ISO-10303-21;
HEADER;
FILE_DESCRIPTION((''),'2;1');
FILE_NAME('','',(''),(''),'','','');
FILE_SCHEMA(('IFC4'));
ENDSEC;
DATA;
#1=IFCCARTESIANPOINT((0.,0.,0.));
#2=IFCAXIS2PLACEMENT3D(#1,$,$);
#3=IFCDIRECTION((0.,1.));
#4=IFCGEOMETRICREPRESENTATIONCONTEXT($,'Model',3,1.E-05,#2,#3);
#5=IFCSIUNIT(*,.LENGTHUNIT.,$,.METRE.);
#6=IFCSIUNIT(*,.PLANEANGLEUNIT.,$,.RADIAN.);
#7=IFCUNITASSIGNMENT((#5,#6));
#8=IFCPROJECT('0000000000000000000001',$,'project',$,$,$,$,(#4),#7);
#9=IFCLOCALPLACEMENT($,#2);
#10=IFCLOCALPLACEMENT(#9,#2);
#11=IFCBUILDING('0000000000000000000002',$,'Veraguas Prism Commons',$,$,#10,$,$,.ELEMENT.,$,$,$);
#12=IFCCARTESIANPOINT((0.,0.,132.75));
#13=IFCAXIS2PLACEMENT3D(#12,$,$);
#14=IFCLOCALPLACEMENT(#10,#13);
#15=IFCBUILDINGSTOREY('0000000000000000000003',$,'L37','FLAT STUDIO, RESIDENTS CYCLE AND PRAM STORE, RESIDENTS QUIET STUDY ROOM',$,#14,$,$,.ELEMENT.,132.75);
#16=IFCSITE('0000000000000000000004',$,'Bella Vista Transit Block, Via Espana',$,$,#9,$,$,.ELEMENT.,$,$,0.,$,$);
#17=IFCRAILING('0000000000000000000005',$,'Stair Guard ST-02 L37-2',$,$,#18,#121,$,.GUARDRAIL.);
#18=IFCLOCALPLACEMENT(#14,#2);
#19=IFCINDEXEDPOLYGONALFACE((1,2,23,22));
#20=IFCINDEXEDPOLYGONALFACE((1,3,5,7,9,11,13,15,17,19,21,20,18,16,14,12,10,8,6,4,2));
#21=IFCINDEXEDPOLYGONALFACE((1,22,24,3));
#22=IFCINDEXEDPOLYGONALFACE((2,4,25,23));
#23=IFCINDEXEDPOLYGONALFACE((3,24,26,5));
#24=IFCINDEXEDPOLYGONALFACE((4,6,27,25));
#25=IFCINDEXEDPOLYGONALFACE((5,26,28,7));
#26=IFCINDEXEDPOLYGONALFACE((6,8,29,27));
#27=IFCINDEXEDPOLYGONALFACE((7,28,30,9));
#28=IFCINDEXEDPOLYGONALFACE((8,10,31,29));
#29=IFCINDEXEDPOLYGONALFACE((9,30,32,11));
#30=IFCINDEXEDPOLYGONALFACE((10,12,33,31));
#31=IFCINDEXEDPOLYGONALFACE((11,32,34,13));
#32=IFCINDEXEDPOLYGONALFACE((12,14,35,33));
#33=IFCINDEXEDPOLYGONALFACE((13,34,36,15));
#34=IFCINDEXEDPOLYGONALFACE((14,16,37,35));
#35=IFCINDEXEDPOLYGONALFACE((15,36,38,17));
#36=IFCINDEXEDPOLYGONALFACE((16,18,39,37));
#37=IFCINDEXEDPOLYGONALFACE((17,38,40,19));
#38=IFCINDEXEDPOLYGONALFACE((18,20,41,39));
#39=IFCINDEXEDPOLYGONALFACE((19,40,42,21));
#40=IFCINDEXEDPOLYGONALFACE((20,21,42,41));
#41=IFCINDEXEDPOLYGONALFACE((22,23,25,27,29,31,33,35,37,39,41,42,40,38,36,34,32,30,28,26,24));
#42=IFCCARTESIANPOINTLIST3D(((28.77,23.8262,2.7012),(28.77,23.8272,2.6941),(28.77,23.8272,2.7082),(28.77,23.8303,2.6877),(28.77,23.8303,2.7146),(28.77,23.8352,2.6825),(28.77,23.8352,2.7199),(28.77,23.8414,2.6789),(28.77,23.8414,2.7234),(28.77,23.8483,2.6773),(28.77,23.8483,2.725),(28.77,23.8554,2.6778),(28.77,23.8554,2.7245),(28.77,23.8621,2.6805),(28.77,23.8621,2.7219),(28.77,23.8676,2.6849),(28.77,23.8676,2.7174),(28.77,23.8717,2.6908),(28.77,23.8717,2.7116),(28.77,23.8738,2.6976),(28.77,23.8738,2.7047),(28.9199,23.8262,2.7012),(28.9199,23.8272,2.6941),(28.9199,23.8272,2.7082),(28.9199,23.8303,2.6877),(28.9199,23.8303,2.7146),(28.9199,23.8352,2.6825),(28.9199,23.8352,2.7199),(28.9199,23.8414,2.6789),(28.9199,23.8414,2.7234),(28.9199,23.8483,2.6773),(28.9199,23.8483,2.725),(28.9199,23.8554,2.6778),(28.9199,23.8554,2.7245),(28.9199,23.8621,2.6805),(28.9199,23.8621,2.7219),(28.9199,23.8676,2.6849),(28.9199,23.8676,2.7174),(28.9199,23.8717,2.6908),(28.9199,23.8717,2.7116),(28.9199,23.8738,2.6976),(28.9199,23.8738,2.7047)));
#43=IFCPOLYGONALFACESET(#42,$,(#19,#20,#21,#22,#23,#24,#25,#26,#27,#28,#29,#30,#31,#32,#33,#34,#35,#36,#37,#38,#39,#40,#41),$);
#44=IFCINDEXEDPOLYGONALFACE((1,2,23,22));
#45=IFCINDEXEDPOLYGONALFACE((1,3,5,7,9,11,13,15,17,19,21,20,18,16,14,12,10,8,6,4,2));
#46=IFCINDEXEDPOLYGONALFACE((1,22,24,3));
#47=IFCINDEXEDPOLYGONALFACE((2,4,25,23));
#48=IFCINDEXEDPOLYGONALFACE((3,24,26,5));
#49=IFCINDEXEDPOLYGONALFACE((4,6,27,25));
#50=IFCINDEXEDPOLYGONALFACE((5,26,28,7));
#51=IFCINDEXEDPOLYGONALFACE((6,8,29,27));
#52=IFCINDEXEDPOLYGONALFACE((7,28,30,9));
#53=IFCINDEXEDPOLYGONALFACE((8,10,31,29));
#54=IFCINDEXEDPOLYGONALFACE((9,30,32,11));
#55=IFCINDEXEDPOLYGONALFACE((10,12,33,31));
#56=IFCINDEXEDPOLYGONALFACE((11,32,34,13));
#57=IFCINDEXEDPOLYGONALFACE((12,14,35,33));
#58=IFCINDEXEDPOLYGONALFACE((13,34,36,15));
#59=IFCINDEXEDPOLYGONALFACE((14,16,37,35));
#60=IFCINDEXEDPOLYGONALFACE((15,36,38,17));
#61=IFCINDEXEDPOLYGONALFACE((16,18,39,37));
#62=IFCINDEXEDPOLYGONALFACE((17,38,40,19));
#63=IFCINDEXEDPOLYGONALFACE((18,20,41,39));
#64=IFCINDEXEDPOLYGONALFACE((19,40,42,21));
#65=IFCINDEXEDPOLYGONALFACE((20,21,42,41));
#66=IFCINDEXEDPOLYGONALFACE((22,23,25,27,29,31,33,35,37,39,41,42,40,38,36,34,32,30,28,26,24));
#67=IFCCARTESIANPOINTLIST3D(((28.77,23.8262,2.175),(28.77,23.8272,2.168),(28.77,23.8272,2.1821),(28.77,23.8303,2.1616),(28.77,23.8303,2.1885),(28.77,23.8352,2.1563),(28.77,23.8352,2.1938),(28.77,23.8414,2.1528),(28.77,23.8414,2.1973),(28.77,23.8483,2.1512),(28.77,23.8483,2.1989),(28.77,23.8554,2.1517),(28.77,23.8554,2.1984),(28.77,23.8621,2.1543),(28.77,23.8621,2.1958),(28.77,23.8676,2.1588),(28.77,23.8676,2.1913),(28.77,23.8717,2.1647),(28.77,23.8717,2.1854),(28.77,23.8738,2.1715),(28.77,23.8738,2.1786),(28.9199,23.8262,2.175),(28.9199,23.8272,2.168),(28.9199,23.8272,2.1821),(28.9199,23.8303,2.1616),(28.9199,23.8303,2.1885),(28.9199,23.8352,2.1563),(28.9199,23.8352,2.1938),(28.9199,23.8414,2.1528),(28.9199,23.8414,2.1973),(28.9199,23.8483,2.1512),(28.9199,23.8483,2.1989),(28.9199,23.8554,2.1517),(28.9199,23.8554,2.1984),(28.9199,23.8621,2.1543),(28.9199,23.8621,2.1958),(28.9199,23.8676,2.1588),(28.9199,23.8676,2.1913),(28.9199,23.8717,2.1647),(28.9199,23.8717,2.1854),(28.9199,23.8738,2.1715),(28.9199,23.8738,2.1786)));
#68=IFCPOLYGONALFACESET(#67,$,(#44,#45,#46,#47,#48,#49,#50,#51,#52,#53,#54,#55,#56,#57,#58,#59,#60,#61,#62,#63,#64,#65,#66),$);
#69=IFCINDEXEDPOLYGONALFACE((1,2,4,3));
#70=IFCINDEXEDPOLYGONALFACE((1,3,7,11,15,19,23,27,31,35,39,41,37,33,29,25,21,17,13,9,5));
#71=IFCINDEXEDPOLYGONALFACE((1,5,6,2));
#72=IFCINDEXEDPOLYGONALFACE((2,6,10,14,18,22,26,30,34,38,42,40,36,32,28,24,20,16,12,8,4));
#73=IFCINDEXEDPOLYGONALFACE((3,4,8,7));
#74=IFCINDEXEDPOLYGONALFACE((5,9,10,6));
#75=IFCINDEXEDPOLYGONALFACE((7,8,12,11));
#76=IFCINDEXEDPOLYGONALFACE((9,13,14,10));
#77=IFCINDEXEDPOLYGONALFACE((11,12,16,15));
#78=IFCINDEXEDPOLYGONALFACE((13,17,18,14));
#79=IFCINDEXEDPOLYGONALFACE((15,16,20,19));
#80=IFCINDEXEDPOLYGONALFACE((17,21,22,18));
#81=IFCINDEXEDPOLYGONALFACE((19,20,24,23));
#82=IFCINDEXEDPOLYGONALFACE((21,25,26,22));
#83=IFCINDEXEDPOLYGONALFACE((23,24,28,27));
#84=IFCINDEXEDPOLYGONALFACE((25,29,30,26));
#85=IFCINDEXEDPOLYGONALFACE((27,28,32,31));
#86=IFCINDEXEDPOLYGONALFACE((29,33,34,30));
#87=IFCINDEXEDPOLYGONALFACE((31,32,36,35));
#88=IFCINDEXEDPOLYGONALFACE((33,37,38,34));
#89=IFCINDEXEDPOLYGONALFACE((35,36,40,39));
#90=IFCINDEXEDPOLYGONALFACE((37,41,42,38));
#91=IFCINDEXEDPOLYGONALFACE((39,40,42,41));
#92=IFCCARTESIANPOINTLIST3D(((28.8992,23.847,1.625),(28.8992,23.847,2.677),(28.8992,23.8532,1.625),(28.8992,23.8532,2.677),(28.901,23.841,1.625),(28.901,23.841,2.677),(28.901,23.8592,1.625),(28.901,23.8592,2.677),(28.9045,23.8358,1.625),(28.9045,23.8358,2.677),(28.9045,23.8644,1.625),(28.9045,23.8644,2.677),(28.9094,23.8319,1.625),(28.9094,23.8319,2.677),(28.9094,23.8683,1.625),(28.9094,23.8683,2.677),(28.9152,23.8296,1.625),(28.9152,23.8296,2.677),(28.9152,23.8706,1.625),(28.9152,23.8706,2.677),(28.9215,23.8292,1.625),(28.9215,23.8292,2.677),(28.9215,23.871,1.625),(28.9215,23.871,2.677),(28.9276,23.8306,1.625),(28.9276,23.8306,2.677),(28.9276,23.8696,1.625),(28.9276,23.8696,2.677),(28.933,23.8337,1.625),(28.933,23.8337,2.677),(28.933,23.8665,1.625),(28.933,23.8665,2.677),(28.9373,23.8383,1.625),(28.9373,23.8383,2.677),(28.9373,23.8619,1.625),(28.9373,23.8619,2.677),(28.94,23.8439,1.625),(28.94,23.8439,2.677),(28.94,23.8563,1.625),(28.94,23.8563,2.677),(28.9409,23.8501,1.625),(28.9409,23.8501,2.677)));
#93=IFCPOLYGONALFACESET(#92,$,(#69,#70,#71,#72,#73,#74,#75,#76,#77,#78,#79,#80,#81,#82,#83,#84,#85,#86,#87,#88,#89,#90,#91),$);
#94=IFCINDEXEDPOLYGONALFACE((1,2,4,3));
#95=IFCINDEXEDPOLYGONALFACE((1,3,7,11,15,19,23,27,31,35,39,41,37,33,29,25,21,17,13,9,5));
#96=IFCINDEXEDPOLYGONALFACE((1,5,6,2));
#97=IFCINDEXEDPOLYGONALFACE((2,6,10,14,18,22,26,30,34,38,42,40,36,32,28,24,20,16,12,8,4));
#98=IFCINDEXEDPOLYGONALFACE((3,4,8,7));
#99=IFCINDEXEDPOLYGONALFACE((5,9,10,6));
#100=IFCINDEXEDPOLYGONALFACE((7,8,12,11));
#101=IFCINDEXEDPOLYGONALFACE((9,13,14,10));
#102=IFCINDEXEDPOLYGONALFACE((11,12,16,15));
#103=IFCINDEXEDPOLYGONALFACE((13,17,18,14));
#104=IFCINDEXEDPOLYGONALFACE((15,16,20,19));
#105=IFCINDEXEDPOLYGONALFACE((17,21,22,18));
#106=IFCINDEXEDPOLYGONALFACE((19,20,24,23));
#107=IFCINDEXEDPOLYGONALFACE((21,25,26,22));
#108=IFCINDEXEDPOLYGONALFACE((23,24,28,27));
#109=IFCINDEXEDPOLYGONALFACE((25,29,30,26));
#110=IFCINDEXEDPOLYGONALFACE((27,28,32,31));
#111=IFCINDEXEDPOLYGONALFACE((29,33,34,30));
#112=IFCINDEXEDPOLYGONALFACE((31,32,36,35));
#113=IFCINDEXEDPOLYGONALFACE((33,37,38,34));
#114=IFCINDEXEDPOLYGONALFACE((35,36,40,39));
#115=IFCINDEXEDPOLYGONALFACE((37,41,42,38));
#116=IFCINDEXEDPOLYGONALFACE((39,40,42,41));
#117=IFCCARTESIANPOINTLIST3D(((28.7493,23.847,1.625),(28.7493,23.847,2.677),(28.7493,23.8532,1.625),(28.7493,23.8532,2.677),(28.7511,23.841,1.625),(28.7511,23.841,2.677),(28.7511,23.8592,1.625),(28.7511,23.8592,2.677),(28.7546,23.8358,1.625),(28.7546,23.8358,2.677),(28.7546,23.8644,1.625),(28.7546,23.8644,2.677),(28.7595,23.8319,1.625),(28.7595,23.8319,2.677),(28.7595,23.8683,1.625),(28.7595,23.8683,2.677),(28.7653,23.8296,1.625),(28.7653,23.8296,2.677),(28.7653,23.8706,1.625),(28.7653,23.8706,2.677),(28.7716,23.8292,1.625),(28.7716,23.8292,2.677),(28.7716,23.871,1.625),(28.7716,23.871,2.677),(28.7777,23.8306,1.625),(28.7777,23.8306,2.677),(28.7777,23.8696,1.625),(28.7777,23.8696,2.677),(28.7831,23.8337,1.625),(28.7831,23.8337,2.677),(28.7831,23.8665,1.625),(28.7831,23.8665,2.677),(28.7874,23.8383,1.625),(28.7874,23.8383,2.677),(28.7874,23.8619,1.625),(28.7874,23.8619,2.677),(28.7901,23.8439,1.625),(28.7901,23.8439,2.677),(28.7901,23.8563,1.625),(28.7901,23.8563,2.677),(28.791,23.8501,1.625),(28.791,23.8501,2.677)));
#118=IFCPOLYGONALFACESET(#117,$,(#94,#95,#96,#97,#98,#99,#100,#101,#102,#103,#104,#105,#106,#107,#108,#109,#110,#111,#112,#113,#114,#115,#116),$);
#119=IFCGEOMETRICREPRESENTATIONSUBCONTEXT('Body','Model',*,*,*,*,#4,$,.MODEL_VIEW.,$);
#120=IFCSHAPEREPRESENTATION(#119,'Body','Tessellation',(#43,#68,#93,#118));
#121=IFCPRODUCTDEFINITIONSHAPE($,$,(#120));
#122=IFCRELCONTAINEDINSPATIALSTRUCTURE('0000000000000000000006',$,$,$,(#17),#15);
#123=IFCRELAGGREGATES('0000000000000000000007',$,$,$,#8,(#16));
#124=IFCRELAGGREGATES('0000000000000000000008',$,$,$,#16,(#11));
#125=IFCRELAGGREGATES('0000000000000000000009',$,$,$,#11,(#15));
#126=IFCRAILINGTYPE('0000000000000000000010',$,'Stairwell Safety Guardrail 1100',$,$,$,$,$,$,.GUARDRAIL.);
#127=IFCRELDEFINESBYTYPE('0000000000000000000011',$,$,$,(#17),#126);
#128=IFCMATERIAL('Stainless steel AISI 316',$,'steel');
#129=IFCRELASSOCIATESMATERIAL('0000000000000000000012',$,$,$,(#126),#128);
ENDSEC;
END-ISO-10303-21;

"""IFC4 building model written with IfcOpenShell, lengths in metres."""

from ifc_helpers import new_model, si_unit, direction, frame, origin, origin_2d, place, context, subcontext, project, spatial, circle, extrude, material, type_object, element, save


model = new_model("IFC4")

# Units and contexts
model_context = context("Model", 3, precision=1e-05, world=origin(), true_north=direction((0.0, 1.0)))
body_context = subcontext(model_context, "Body", "Model", "MODEL_VIEW")
ifc_project = project(units=[si_unit("LENGTHUNIT", "METRE"), si_unit("PLANEANGLEUNIT", "RADIAN")], contexts=[model_context])

# Site, building, storey
site_placement = place(None, origin())
site = spatial("IfcSite", under=ifc_project, at=site_placement, Name="Bella Vista Transit Block, Via Espana", CompositionType="ELEMENT", RefElevation=0.0)
building_placement = place(site_placement, origin())
building = spatial("IfcBuilding", under=site, at=building_placement, Name="Veraguas Prism Commons", CompositionType="ELEMENT")
storey_placement = place(building_placement, frame((0.0, 0.0, 132.75)))
storey = spatial("IfcBuildingStorey", under=building, at=storey_placement, Name="L37", Description="FLAT STUDIO, RESIDENTS CYCLE AND PRAM STORE, RESIDENTS QUIET STUDY ROOM", CompositionType="ELEMENT", Elevation=132.75)

# Shared definitions
ifc_material_1 = material(Name="Stainless steel AISI 316", Category="steel")

# Railing
railing_type_1 = type_object("IfcRailingType", Name="Stairwell Safety Guardrail 1100", PredefinedType="GUARDRAIL", material=ifc_material_1)
railing_1_placement = place(storey_placement, frame((28.9199, 23.8501, 1.625)))
element("IfcRailing", 1, at=railing_1_placement, inside=storey, type_object=railing_type_1, Name="Stair Guard ST-02 L37-2", PredefinedType="GUARDRAIL", context=body_context, shape_type="SweptSolid", body=[
    extrude(circle(Radius=0.0239, at=origin_2d()), frame((0.0, 0.0, 1.0762), z_axis=(-1.0, 0.0, 0.0), x_axis=(0.0, -1.0, 0.0)), (0.0, 0.0, 1.0), 0.1499),
    extrude(circle(Radius=0.0239, at=origin_2d()), frame((0.0, 0.0, 0.55), z_axis=(-1.0, 0.0, 0.0), x_axis=(0.0, -1.0, 0.0)), (0.0, 0.0, 1.0), 0.1499),
    extrude(circle(Radius=0.021, at=origin_2d()), origin(), (0.0, 0.0, 1.0), 1.052),
    extrude(circle(Radius=0.021, at=origin_2d()), frame((-0.1499, 0.0, 0.0)), (0.0, 0.0, 1.0), 1.052),
])

save(model, "model.ifc")
